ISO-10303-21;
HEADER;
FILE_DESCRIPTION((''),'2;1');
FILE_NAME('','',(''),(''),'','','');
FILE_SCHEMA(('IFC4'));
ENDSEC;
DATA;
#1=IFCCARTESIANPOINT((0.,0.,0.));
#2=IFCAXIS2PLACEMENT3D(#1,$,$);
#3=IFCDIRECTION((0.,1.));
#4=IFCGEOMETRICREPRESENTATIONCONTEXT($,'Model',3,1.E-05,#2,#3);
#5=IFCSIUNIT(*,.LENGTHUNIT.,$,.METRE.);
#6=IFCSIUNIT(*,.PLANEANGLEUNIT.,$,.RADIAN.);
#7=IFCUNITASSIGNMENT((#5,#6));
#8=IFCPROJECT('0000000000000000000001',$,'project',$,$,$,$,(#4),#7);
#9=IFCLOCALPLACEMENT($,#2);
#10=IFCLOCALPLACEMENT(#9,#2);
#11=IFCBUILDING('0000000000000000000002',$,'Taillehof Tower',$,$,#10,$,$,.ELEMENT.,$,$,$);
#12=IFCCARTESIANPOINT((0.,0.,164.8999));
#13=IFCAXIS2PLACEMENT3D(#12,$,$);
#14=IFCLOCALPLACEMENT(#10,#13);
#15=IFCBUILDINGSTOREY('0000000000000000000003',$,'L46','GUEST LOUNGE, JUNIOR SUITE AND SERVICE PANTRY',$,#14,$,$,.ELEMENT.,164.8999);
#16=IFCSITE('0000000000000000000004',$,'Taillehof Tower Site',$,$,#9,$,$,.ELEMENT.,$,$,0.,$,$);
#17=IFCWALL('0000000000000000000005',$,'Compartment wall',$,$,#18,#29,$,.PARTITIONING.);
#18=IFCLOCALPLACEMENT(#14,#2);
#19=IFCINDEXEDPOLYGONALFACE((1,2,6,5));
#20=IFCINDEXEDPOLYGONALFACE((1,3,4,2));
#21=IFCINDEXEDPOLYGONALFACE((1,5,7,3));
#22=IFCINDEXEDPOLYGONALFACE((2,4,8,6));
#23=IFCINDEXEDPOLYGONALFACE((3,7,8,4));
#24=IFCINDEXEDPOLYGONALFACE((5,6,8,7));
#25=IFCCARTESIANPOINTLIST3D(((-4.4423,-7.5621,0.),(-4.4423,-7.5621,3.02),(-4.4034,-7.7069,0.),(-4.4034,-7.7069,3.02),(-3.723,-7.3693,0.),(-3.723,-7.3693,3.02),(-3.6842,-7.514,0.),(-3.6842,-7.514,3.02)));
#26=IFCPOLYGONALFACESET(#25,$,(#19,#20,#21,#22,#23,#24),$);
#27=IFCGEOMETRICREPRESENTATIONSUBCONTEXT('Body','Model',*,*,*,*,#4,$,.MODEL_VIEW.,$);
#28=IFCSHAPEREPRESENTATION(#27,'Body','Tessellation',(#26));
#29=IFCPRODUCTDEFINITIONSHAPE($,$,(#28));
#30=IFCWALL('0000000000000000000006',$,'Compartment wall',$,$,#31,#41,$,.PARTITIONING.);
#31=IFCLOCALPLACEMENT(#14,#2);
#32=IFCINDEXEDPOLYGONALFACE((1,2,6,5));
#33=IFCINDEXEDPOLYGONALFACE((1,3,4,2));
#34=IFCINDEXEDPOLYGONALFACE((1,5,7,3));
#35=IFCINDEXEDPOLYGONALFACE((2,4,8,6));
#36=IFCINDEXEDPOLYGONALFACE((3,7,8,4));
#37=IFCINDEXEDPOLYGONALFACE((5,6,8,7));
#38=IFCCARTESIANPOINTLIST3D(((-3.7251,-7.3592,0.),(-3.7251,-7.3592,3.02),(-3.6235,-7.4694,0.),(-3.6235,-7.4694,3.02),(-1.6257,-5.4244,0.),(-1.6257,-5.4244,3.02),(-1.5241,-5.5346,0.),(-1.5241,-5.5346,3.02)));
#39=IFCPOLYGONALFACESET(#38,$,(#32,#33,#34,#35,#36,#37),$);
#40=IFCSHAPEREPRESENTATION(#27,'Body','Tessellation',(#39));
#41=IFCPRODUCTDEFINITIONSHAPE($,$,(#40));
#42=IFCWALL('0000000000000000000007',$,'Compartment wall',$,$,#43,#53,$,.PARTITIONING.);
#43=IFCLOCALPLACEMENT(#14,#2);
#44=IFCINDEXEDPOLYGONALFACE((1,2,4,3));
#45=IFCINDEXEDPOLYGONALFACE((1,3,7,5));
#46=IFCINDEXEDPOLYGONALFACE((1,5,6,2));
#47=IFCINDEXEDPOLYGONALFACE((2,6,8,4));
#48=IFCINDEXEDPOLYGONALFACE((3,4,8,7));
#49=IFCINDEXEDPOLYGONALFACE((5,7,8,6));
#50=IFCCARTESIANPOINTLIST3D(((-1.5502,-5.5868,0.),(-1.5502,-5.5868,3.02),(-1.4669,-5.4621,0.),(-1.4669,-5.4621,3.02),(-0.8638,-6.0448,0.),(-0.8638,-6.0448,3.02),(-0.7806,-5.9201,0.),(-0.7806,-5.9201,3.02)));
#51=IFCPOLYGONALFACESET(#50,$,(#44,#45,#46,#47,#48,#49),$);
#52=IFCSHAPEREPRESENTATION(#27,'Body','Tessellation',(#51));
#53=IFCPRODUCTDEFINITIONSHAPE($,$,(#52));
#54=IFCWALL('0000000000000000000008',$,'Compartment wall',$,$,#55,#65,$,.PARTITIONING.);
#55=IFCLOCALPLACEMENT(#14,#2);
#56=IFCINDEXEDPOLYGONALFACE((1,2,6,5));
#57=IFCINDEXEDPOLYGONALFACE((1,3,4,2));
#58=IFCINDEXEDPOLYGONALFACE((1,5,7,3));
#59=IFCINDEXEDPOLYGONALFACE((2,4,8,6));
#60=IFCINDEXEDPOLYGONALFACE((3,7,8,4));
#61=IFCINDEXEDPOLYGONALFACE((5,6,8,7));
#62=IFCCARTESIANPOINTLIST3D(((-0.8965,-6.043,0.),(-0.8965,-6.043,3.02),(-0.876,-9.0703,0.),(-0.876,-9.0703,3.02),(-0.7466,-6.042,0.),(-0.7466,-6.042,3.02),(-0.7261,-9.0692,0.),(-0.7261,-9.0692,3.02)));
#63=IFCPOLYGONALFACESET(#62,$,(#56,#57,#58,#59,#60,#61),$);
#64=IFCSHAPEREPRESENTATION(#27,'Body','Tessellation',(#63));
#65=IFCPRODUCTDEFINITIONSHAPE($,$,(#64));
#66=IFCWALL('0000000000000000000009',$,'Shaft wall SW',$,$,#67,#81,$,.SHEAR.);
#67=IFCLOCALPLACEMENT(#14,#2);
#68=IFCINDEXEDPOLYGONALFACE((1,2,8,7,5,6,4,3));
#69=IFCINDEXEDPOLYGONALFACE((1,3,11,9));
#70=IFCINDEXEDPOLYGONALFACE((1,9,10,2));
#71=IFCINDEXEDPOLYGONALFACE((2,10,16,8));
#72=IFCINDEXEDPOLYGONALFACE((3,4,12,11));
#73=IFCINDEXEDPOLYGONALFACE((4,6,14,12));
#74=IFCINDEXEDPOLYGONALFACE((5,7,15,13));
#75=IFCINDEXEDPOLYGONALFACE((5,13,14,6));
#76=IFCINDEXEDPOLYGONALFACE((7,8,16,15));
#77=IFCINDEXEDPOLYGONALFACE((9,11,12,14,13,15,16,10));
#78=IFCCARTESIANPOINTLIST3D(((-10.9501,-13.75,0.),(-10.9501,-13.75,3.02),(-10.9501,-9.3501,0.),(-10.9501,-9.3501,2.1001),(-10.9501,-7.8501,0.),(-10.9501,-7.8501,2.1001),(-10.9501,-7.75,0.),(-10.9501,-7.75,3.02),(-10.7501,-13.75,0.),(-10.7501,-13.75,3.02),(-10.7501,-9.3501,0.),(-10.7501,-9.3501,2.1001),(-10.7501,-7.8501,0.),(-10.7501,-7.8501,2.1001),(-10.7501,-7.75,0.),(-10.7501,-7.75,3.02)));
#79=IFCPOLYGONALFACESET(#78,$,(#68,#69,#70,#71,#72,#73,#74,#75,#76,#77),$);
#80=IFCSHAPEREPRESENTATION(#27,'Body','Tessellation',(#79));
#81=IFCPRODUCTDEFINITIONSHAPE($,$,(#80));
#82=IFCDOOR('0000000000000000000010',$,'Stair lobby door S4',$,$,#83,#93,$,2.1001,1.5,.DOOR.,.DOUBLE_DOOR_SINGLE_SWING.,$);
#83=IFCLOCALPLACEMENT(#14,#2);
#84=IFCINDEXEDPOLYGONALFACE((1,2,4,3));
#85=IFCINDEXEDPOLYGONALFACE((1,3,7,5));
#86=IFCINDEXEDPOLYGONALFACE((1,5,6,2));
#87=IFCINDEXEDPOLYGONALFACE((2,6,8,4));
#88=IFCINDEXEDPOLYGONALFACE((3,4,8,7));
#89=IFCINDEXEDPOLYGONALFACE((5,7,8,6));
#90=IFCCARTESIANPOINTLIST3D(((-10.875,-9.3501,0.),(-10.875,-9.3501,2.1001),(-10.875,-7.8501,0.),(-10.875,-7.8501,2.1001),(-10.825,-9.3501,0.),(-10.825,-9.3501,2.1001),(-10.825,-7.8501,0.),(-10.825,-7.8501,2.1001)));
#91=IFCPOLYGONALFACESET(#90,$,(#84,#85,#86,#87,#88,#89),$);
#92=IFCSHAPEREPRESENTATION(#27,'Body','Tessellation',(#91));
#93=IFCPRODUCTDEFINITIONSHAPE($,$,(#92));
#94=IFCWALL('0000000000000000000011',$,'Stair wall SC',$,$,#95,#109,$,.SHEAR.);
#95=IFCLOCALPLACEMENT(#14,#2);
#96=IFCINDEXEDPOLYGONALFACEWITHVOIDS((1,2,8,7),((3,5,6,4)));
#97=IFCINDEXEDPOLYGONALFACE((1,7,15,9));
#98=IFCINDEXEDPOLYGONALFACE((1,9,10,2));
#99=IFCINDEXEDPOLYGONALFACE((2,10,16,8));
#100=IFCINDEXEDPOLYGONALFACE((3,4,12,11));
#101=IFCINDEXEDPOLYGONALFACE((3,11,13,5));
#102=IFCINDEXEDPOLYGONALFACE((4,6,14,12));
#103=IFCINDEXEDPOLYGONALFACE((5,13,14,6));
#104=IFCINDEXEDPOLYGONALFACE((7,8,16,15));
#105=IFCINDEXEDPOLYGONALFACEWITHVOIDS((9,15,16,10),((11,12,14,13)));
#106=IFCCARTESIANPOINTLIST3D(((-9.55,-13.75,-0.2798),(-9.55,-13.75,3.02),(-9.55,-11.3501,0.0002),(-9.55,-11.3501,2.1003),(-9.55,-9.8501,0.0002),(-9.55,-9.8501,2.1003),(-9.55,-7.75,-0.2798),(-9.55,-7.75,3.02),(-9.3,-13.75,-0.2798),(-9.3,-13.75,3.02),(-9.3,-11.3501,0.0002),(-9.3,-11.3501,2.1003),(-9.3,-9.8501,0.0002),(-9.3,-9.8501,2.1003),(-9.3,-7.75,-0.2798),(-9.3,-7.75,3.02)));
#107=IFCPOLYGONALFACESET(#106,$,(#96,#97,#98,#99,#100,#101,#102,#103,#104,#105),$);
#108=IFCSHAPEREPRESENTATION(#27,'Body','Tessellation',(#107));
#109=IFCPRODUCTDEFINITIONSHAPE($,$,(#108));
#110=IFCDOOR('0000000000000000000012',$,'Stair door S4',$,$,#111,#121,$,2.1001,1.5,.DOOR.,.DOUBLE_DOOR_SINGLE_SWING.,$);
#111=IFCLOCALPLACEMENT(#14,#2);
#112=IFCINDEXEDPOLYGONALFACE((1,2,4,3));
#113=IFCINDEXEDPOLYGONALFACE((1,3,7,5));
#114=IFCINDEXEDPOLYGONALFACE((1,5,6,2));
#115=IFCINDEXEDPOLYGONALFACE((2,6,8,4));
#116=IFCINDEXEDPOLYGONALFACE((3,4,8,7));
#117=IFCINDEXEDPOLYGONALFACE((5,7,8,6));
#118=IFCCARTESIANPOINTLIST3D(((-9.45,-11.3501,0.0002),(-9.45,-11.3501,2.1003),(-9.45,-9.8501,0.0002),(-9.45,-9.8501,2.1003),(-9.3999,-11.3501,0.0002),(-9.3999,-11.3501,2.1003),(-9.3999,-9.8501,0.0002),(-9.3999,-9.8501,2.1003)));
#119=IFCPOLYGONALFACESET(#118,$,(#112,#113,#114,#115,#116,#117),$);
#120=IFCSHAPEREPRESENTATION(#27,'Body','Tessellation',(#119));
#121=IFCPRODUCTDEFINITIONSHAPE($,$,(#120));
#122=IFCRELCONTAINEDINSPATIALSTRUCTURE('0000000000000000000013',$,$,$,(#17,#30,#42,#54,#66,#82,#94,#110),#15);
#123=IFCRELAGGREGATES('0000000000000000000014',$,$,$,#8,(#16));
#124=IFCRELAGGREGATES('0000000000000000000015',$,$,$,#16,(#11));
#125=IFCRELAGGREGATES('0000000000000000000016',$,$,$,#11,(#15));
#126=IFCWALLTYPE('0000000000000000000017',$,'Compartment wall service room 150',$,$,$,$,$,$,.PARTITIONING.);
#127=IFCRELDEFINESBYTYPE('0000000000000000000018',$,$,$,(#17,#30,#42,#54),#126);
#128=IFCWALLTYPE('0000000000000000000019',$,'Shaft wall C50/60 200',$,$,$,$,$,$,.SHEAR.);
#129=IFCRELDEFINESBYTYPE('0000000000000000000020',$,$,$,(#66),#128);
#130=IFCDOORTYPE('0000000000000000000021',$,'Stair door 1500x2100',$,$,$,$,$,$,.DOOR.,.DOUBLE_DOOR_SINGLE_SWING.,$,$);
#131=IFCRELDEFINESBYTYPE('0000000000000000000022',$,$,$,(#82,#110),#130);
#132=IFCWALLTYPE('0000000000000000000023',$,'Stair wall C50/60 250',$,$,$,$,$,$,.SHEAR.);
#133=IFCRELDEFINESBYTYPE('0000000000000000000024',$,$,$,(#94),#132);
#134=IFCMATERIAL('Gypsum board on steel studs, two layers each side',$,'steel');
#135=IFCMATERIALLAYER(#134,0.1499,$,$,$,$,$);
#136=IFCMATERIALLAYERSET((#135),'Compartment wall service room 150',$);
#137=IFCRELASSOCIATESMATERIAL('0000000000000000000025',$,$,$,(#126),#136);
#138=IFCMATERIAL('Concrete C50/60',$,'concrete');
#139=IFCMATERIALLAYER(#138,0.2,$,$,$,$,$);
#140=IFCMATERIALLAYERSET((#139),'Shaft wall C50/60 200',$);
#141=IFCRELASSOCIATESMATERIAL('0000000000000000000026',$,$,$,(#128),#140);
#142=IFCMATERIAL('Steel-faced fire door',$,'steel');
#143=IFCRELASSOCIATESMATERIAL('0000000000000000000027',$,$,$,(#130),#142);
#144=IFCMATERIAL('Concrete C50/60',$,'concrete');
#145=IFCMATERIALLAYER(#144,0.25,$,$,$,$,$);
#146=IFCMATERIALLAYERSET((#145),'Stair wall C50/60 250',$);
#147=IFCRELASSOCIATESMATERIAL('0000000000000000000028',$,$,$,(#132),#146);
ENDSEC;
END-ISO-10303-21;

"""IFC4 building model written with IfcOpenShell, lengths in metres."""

from ifc_helpers import new_model, si_unit, direction, frame, frame_2d, origin, place, context, subcontext, project, spatial, rectangle, extrude, material, layer, layer_set, type_object, element, fill, save


model = new_model("IFC4")

# Units and contexts
model_context = context("Model", 3, precision=1e-05, world=origin(), true_north=direction((0.0, 1.0)))
body_context = subcontext(model_context, "Body", "Model", "MODEL_VIEW")
ifc_project = project(units=[si_unit("LENGTHUNIT", "METRE"), si_unit("PLANEANGLEUNIT", "RADIAN")], contexts=[model_context])

# Site, building, storey
site_placement = place(None, origin())
site = spatial("IfcSite", under=ifc_project, at=site_placement, Name="Taillehof Tower Site", CompositionType="ELEMENT", RefElevation=0.0)
building_placement = place(site_placement, origin())
building = spatial("IfcBuilding", under=site, at=building_placement, Name="Taillehof Tower", CompositionType="ELEMENT")
storey_placement = place(building_placement, frame((0.0, 0.0, 164.8999)))
storey = spatial("IfcBuildingStorey", under=building, at=storey_placement, Name="L46", Description="GUEST LOUNGE, JUNIOR SUITE AND SERVICE PANTRY", CompositionType="ELEMENT", Elevation=164.8999)

# Walls
ifc_material_1 = material(Name="Gypsum board on steel studs, two layers each side", Category="steel")
ifc_layer_1 = layer(ifc_material_1, 0.1499)
ifc_layer_set_1 = layer_set([ifc_layer_1], Name="Compartment wall service room 150")
wall_type_1 = type_object("IfcWallType", Name="Compartment wall service room 150", PredefinedType="PARTITIONING", material=ifc_layer_set_1)
wall_1_placement = place(storey_placement, frame((-4.4229, -7.6345, 0.0), z_axis=(0.0, 0.0, 1.0), x_axis=(0.965875, 0.259009, 0.0)))
element("IfcWall", 1, at=wall_1_placement, inside=storey, type_object=wall_type_1, Name="Compartment wall", PredefinedType="PARTITIONING", context=body_context, shape_type="SweptSolid", body=[
    extrude(rectangle(XDim=0.7446, YDim=0.1499, at=frame_2d((0.3723, 0.0))), origin(), (0.0, 0.0, 1.0), 3.02),
])
wall_2_placement = place(storey_placement, frame((-3.6743, -7.4143, 0.0), z_axis=(0.0, 0.0, 1.0), x_axis=(0.735338, 0.677701, 0.0)))
element("IfcWall", 2, at=wall_2_placement, inside=storey, type_object=wall_type_1, Name="Compartment wall", PredefinedType="PARTITIONING", context=body_context, shape_type="SweptSolid", body=[
    extrude(rectangle(XDim=2.855, YDim=0.1499, at=frame_2d((1.4275, 0.0))), origin(), (0.0, 0.0, 1.0), 3.02),
])
wall_3_placement = place(storey_placement, frame((-1.5085, -5.5244, 0.0), z_axis=(0.0, 0.0, 1.0), x_axis=(0.831777, -0.55511, 0.0)))
element("IfcWall", 3, at=wall_3_placement, inside=storey, type_object=wall_type_1, Name="Compartment wall", PredefinedType="PARTITIONING", context=body_context, shape_type="SweptSolid", body=[
    extrude(rectangle(XDim=0.8252, YDim=0.1499, at=frame_2d((0.4126, 0.0))), origin(), (0.0, 0.0, 1.0), 3.02),
])
wall_4_placement = place(storey_placement, frame((-0.8215, -6.0425, 0.0), z_axis=(0.0, 0.0, 1.0), x_axis=(0.006774, -0.999977, 0.0)))
element("IfcWall", 4, at=wall_4_placement, inside=storey, type_object=wall_type_1, Name="Compartment wall", PredefinedType="PARTITIONING", context=body_context, shape_type="SweptSolid", body=[
    extrude(rectangle(XDim=3.0273, YDim=0.1499, at=frame_2d((1.5137, 0.0))), origin(), (0.0, 0.0, 1.0), 3.02),
])

# Walls, openings, doors
ifc_material_2 = material(Name="Concrete C50/60", Category="concrete")
ifc_layer_2 = layer(ifc_material_2, 0.2)
ifc_layer_set_2 = layer_set([ifc_layer_2], Name="Shaft wall C50/60 200")
wall_type_2 = type_object("IfcWallType", Name="Shaft wall C50/60 200", PredefinedType="SHEAR", material=ifc_layer_set_2)
wall_5_placement = place(storey_placement, frame((-10.8501, -13.75, 0.0), z_axis=(0.0, 0.0, 1.0), x_axis=(0.0, 1.0, 0.0)))
wall_5 = element("IfcWall", 5, at=wall_5_placement, inside=storey, type_object=wall_type_2, Name="Shaft wall SW", PredefinedType="SHEAR", context=body_context, shape_type="SweptSolid", body=[
    extrude(rectangle(XDim=6.0, YDim=0.2, at=frame_2d((3.0, 0.0))), origin(), (0.0, 0.0, 1.0), 3.02),
])
opening_1_placement = place(wall_5_placement, frame((4.3999, 0.0, 0.0)))
opening_1 = element("IfcOpeningElement", 6, at=opening_1_placement, cuts=wall_5, PredefinedType="OPENING", context=body_context, shape_type="SweptSolid", body=[
    extrude(rectangle(XDim=1.5, YDim=2.1001, at=frame_2d((0.75, 1.05))), frame((0.0, 0.1099, 0.0), z_axis=(0.0, -1.0, 0.0), x_axis=(1.0, 0.0, 0.0)), (0.0, 0.0, 1.0), 0.22),
])
ifc_material_3 = material(Name="Steel-faced fire door", Category="steel")
door_type_1 = type_object("IfcDoorType", Name="Stair door 1500x2100", OperationType="DOUBLE_DOOR_SINGLE_SWING", PredefinedType="DOOR", material=ifc_material_3)
door_1_placement = place(opening_1_placement, origin())
door_1 = element("IfcDoor", 7, at=door_1_placement, inside=storey, type_object=door_type_1, Name="Stair lobby door S4", OperationType="DOUBLE_DOOR_SINGLE_SWING", OverallHeight=2.1001, OverallWidth=1.5, PredefinedType="DOOR", context=body_context, shape_type="SweptSolid", body=[
    extrude(rectangle(XDim=1.5, YDim=2.1001, at=frame_2d((0.75, 1.05))), frame((0.0, 0.0249, 0.0), z_axis=(0.0, -1.0, 0.0), x_axis=(1.0, 0.0, 0.0)), (0.0, 0.0, 1.0), 0.05),
])
fill(opening_1, door_1)
ifc_material_4 = material(Name="Concrete C50/60", Category="concrete")
ifc_layer_3 = layer(ifc_material_4, 0.25)
ifc_layer_set_3 = layer_set([ifc_layer_3], Name="Stair wall C50/60 250")
wall_type_3 = type_object("IfcWallType", Name="Stair wall C50/60 250", PredefinedType="SHEAR", material=ifc_layer_set_3)
wall_6_placement = place(storey_placement, frame((-9.425, -13.75, -0.2798), z_axis=(0.0, 0.0, 1.0), x_axis=(0.0, 1.0, 0.0)))
wall_6 = element("IfcWall", 8, at=wall_6_placement, inside=storey, type_object=wall_type_3, Name="Stair wall SC", PredefinedType="SHEAR", context=body_context, shape_type="SweptSolid", body=[
    extrude(rectangle(XDim=6.0, YDim=0.25, at=frame_2d((3.0, 0.0))), origin(), (0.0, 0.0, 1.0), 3.2998),
])
opening_2_placement = place(wall_6_placement, frame((2.3999, 0.0, 0.28)))
opening_2 = element("IfcOpeningElement", 9, at=opening_2_placement, cuts=wall_6, PredefinedType="OPENING", context=body_context, shape_type="SweptSolid", body=[
    extrude(rectangle(XDim=1.5, YDim=2.1001, at=frame_2d((0.75, 1.05))), frame((0.0, 0.135, 0.0), z_axis=(0.0, -1.0, 0.0), x_axis=(1.0, 0.0, 0.0)), (0.0, 0.0, 1.0), 0.27),
])
door_2_placement = place(opening_2_placement, origin())
door_2 = element("IfcDoor", 10, at=door_2_placement, inside=storey, type_object=door_type_1, Name="Stair door S4", OperationType="DOUBLE_DOOR_SINGLE_SWING", OverallHeight=2.1001, OverallWidth=1.5, PredefinedType="DOOR", context=body_context, shape_type="SweptSolid", body=[
    extrude(rectangle(XDim=1.5, YDim=2.1001, at=frame_2d((0.75, 1.05))), frame((0.0, 0.0249, 0.0), z_axis=(0.0, -1.0, 0.0), x_axis=(1.0, 0.0, 0.0)), (0.0, 0.0, 1.0), 0.05),
])
fill(opening_2, door_2)

save(model, "model.ifc")
